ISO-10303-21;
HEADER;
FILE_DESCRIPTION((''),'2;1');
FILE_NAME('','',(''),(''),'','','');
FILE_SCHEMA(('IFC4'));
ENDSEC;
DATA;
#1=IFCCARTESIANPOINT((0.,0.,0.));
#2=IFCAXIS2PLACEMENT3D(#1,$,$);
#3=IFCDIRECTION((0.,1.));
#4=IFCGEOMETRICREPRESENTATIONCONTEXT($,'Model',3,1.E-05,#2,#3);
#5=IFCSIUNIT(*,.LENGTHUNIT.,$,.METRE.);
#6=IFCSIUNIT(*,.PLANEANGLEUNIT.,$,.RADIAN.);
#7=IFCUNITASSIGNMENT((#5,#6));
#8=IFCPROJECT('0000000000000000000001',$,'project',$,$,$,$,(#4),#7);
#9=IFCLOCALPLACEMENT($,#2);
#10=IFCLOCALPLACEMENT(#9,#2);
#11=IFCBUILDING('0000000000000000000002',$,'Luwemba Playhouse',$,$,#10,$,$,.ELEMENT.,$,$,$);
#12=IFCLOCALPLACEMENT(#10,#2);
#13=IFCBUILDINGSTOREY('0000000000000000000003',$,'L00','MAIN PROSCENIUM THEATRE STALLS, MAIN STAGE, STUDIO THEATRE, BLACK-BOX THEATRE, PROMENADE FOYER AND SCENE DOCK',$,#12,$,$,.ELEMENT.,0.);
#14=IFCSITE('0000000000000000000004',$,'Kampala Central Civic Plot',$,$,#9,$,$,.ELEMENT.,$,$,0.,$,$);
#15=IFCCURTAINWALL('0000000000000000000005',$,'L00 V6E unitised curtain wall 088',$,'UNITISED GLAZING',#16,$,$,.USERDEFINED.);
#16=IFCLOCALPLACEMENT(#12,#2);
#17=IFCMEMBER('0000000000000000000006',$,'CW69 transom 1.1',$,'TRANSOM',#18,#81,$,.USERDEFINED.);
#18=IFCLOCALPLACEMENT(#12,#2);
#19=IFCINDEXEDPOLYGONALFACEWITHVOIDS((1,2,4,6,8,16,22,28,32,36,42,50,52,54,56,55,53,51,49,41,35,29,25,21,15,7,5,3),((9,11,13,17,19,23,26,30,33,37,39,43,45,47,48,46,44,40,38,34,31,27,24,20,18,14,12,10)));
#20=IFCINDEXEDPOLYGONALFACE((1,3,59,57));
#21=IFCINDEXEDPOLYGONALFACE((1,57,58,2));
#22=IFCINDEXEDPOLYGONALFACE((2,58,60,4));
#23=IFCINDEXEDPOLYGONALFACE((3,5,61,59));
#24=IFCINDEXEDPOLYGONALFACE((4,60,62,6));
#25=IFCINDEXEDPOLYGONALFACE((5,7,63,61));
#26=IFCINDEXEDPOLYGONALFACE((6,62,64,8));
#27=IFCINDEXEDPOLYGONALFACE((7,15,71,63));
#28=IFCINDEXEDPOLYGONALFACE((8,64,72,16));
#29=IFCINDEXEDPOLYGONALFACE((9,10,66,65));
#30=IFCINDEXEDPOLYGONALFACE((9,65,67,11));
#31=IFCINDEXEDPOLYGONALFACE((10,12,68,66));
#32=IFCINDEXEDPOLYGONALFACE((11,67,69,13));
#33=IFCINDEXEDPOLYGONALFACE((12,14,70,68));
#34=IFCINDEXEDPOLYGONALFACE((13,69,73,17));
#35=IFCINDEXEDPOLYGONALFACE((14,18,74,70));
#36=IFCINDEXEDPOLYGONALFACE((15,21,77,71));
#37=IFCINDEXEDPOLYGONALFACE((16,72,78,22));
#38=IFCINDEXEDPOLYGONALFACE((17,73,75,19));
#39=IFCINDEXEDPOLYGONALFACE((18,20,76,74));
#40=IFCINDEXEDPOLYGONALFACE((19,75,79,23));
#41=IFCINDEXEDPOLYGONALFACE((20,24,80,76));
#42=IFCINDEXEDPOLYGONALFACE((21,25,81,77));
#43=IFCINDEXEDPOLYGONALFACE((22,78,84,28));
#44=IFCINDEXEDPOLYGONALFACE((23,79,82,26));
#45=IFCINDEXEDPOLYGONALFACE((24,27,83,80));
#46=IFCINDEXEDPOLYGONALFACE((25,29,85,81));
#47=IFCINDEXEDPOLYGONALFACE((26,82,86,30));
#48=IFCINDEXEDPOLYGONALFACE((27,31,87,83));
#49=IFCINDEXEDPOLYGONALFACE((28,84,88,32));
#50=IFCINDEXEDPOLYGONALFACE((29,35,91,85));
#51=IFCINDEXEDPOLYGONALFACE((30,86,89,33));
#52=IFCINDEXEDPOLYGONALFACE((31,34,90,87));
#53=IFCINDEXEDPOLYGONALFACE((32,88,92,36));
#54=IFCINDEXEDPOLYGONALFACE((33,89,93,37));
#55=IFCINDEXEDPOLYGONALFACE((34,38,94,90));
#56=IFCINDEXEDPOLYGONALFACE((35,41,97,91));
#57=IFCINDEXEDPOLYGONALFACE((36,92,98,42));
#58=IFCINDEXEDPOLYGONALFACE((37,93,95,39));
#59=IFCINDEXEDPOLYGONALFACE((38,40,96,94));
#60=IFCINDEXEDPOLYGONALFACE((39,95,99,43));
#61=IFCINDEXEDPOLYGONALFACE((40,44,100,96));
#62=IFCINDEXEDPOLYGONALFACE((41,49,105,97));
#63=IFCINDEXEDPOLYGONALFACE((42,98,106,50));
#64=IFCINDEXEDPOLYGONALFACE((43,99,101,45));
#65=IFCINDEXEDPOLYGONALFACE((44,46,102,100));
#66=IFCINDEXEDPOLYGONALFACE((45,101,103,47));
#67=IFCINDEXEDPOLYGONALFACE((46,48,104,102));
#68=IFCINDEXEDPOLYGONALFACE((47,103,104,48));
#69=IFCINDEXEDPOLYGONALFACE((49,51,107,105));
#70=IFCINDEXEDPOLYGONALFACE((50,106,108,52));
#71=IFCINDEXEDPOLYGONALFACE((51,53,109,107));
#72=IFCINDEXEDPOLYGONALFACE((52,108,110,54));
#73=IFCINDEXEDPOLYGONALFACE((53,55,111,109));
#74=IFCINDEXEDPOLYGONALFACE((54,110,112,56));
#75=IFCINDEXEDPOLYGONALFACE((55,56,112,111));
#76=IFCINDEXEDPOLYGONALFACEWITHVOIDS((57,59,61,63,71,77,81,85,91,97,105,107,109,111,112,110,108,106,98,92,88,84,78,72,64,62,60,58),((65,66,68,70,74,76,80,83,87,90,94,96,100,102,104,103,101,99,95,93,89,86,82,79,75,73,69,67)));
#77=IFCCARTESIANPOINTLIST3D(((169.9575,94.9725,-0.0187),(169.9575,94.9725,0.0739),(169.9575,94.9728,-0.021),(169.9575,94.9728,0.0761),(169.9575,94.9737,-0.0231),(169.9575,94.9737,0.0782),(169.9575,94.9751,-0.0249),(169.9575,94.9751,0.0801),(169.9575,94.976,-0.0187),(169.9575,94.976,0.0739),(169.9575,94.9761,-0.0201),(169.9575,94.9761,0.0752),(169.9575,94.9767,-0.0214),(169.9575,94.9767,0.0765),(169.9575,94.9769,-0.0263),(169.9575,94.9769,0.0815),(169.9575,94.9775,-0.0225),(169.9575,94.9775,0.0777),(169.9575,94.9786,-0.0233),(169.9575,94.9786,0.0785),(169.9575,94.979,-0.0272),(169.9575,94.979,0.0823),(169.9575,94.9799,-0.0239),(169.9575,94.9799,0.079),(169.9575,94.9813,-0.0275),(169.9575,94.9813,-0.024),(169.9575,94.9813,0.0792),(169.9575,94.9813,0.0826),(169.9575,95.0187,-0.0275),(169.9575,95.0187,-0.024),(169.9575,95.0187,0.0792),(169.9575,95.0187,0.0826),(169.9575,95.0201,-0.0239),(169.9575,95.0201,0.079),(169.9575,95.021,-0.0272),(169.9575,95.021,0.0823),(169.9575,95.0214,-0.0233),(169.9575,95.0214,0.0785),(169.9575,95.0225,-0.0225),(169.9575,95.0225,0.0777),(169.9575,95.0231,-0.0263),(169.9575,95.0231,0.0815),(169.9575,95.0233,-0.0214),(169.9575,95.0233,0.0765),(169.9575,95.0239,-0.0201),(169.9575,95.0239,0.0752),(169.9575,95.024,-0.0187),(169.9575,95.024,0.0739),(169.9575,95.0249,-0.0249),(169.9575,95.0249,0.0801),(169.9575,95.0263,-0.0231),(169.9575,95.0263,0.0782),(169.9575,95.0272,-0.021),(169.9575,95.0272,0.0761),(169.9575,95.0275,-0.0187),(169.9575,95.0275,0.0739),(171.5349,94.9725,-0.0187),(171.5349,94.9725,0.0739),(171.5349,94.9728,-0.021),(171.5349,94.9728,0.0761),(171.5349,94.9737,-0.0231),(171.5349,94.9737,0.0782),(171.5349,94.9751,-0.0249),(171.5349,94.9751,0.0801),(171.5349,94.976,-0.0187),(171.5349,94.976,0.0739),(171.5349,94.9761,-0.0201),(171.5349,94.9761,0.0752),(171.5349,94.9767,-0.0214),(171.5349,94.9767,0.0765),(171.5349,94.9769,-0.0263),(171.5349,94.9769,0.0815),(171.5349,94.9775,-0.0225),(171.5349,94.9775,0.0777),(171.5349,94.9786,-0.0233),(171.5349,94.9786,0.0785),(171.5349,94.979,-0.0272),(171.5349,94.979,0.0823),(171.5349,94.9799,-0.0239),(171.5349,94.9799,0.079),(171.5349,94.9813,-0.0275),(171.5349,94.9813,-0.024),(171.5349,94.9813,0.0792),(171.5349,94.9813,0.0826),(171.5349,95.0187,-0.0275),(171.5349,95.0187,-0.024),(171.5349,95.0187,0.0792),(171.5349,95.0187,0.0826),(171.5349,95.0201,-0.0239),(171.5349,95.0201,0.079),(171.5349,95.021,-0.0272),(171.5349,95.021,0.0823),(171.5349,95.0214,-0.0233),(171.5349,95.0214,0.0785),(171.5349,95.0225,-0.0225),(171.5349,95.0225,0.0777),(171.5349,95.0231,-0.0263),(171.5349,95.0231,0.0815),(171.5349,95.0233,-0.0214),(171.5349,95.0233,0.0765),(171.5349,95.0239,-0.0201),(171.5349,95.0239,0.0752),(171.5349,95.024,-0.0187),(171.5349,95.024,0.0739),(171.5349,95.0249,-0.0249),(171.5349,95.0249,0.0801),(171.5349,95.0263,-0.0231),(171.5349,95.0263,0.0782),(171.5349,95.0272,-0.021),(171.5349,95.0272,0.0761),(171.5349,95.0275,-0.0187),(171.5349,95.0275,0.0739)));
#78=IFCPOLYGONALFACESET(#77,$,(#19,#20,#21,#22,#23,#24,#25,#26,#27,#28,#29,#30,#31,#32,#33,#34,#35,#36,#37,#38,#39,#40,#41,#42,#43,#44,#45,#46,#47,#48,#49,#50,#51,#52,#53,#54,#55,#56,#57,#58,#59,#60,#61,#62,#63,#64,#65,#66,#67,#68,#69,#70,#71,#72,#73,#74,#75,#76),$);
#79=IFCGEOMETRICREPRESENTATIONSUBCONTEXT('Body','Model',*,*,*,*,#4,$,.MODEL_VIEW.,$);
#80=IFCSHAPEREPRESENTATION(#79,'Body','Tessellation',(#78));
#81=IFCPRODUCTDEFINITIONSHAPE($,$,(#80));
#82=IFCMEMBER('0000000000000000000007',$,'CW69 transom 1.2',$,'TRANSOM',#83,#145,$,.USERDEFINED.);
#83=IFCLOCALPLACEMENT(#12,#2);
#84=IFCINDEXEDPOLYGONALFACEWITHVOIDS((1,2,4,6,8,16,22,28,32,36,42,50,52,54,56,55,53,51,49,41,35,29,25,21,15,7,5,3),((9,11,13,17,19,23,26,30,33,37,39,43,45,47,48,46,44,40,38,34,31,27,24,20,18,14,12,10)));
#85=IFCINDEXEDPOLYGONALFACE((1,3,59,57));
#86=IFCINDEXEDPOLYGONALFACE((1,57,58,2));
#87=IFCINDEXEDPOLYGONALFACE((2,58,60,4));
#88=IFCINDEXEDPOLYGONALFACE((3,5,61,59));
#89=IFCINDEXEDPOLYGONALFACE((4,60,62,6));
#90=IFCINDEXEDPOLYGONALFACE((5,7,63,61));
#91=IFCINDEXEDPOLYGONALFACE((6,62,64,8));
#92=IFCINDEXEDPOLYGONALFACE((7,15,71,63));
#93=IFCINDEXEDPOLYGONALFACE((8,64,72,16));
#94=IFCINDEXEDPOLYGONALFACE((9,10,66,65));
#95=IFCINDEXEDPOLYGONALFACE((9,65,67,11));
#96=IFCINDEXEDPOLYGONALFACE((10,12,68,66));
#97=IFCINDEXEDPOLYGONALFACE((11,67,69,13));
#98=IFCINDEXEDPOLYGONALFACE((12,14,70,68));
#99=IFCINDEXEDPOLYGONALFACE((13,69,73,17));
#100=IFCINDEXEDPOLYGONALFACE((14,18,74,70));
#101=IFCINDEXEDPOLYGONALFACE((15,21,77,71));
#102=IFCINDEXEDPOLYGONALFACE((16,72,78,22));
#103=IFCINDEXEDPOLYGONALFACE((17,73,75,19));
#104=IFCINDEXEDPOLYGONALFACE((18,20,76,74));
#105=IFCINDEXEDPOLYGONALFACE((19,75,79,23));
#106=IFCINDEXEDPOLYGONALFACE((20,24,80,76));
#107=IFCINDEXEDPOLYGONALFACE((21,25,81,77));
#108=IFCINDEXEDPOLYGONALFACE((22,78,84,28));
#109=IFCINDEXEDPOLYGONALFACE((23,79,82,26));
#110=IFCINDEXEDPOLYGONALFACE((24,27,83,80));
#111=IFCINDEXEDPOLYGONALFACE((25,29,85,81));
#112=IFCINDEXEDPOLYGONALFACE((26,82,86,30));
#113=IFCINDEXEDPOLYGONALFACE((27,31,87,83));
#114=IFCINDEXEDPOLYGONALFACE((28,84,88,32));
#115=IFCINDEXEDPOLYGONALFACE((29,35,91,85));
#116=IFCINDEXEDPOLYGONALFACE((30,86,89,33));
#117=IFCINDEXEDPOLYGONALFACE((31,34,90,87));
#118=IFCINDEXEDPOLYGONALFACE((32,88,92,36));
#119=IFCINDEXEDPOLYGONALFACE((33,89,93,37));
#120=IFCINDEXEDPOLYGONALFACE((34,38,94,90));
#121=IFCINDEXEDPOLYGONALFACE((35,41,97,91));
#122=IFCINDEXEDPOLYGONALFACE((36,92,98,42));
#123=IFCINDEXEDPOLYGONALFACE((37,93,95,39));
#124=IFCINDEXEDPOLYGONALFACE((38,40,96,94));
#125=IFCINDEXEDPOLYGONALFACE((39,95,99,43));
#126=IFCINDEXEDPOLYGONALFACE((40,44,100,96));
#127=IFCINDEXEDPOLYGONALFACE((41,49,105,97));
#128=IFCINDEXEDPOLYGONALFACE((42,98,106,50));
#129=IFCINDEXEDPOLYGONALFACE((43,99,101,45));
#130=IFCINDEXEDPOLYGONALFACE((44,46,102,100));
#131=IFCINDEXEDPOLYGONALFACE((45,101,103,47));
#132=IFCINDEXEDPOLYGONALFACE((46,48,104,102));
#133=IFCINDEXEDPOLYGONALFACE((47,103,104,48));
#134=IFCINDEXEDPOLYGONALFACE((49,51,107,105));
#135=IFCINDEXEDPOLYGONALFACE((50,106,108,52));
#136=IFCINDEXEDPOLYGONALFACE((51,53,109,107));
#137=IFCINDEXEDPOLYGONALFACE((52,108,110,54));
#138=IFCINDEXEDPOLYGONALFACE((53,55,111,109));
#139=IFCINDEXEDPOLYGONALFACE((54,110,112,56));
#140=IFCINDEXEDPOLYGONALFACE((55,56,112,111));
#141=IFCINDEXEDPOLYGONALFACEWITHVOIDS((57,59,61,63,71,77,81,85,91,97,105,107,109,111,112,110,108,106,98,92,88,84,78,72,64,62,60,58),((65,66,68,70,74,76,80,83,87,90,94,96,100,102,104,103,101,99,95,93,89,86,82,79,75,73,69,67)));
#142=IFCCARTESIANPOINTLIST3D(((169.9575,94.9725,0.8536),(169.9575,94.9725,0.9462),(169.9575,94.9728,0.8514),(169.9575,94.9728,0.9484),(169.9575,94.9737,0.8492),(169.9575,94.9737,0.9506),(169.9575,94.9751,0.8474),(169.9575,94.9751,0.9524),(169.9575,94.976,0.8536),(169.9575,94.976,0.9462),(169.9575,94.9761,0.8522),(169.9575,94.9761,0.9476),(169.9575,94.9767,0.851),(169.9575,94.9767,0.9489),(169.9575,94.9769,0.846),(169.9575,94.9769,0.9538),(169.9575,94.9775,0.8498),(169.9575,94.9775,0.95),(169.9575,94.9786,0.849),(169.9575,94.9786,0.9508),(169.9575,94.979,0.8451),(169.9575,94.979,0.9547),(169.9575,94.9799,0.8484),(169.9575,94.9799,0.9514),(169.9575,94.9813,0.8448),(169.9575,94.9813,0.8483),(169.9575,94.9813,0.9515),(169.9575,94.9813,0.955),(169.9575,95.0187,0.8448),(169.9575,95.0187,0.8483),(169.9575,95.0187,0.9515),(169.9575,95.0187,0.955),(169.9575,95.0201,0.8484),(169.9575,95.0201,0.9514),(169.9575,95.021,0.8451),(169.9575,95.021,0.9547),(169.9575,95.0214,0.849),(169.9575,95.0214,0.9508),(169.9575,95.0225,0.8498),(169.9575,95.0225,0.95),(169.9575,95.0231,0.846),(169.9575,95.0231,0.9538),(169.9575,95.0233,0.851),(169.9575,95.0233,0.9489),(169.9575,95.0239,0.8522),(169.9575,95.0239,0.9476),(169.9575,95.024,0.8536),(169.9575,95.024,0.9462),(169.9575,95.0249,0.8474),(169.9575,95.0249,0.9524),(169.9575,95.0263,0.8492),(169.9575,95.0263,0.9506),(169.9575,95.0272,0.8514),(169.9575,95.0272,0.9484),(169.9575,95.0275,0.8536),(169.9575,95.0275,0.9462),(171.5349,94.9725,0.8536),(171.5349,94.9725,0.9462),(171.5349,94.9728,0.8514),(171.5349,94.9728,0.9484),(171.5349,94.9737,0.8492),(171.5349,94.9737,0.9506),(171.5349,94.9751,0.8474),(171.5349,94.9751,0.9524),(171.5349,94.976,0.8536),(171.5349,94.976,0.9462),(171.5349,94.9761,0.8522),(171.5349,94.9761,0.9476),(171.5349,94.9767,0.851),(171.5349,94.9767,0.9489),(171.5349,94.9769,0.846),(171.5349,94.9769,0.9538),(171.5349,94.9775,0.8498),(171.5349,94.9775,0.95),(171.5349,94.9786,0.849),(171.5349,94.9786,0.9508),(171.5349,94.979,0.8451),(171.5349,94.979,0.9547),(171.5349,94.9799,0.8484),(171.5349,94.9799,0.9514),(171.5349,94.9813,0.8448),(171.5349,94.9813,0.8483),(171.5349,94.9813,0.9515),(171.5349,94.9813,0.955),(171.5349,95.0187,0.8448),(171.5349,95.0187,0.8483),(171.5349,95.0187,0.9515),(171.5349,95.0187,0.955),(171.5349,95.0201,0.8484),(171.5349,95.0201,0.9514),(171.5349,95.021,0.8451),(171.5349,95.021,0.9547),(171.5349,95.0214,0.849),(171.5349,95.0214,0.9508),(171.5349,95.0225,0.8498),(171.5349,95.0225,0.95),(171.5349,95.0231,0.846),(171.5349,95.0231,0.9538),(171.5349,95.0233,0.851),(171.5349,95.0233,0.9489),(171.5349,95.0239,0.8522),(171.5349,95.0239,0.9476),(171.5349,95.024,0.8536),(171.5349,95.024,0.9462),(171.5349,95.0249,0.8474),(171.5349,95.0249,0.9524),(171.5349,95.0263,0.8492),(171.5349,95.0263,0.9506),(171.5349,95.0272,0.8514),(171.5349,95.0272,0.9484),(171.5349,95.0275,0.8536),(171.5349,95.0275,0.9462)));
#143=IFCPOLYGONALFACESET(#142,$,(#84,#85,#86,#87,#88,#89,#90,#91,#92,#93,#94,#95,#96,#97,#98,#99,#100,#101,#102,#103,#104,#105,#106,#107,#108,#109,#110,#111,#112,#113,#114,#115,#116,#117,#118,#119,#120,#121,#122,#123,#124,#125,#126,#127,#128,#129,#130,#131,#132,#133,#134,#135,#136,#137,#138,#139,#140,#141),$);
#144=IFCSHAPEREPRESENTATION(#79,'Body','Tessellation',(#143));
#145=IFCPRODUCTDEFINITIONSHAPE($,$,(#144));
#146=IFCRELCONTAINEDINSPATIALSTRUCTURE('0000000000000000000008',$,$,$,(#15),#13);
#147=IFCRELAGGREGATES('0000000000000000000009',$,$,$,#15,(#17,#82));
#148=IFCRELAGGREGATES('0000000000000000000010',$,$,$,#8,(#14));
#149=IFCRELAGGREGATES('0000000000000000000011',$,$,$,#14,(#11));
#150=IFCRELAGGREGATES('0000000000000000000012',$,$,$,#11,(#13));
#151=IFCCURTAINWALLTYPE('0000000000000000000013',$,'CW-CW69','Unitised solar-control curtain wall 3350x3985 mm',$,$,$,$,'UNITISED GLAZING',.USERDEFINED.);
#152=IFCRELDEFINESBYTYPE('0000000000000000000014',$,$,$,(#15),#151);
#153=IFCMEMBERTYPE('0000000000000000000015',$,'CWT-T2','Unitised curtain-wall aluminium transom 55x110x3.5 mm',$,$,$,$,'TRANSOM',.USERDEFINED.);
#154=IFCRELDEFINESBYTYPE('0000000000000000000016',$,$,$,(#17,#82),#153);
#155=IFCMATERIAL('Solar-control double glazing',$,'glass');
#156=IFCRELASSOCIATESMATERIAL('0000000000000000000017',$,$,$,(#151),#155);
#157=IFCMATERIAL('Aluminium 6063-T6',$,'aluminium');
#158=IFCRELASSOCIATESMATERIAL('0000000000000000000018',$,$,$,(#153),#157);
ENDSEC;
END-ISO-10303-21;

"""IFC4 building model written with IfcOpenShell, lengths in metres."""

from ifc_helpers import new_model, si_unit, direction, frame, origin, origin_2d, place, context, subcontext, project, spatial, hollow_rectangle, extrude, material, material_profile, profile_set, type_object, element, aggregate, save


model = new_model("IFC4")

# Units and contexts
model_context = context("Model", 3, precision=1e-05, world=origin(), true_north=direction((0.0, 1.0)))
body_context = subcontext(model_context, "Body", "Model", "MODEL_VIEW")
ifc_project = project(units=[si_unit("LENGTHUNIT", "METRE"), si_unit("PLANEANGLEUNIT", "RADIAN")], contexts=[model_context])

# Site, building, storey
site_placement = place(None, origin())
site = spatial("IfcSite", under=ifc_project, at=site_placement, Name="Kampala Central Civic Plot", CompositionType="ELEMENT", RefElevation=0.0)
building_placement = place(site_placement, origin())
building = spatial("IfcBuilding", under=site, at=building_placement, Name="Luwemba Playhouse", CompositionType="ELEMENT")
storey_placement = place(building_placement, origin())
storey = spatial("IfcBuildingStorey", under=building, at=storey_placement, Name="L00", Description="MAIN PROSCENIUM THEATRE STALLS, MAIN STAGE, STUDIO THEATRE, BLACK-BOX THEATRE, PROMENADE FOYER AND SCENE DOCK", CompositionType="ELEMENT", Elevation=0.0)

# Curtain wall, members
ifc_material_1 = material(Name="Solar-control double glazing", Category="glass")
curtain_wall_type = type_object("IfcCurtainWallType", Name="CW-CW69", Description="Unitised solar-control curtain wall 3350x3985 mm", ElementType="UNITISED GLAZING", PredefinedType="USERDEFINED", material=ifc_material_1)
curtain_wall_placement = place(storey_placement, origin())
curtain_wall = element("IfcCurtainWall", 1, at=curtain_wall_placement, inside=storey, type_object=curtain_wall_type, Name="L00 V6E unitised curtain wall 088", ObjectType="UNITISED GLAZING", PredefinedType="USERDEFINED")
ifc_material_2 = material(Name="Aluminium 6063-T6", Category="aluminium")
ifc_material_profile_1 = material_profile(ifc_material_2, hollow_rectangle(XDim=0.0549, YDim=0.1101, WallThickness=0.0034, InnerFilletRadius=0.0054, OuterFilletRadius=0.0088, at=origin_2d()))
ifc_profile_set_1 = profile_set([ifc_material_profile_1], Name="Aluminium 6063-T6")
member_type_1 = type_object("IfcMemberType", Name="CWT-T2", Description="Unitised curtain-wall aluminium transom 55x110x3.5 mm", ElementType="TRANSOM", PredefinedType="USERDEFINED", material=ifc_profile_set_1)
member_1_placement = place(storey_placement, frame((171.5349, 95.0, 0.0276), z_axis=(-1.0, 0.0, 0.0), x_axis=(0.0, -1.0, 0.0)))
member_1 = element("IfcMember", 2, at=member_1_placement, type_object=member_type_1, Name="CW69 transom 1.1", ObjectType="TRANSOM", PredefinedType="USERDEFINED", context=body_context, shape_type="SweptSolid", body=[
    extrude(hollow_rectangle(XDim=0.0549, YDim=0.1101, WallThickness=0.0034, InnerFilletRadius=0.0054, OuterFilletRadius=0.0088, at=origin_2d()), origin(), (0.0, 0.0, 1.0), 1.5774),
])
member_2_placement = place(storey_placement, frame((171.5349, 95.0, 0.8999), z_axis=(-1.0, 0.0, 0.0), x_axis=(0.0, -1.0, 0.0)))
member_2 = element("IfcMember", 3, at=member_2_placement, type_object=member_type_1, Name="CW69 transom 1.2", ObjectType="TRANSOM", PredefinedType="USERDEFINED", context=body_context, shape_type="SweptSolid", body=[
    extrude(hollow_rectangle(XDim=0.0549, YDim=0.1101, WallThickness=0.0034, InnerFilletRadius=0.0054, OuterFilletRadius=0.0088, at=origin_2d()), origin(), (0.0, 0.0, 1.0), 1.5774),
])
aggregate(curtain_wall, [member_1, member_2])

save(model, "model.ifc")
